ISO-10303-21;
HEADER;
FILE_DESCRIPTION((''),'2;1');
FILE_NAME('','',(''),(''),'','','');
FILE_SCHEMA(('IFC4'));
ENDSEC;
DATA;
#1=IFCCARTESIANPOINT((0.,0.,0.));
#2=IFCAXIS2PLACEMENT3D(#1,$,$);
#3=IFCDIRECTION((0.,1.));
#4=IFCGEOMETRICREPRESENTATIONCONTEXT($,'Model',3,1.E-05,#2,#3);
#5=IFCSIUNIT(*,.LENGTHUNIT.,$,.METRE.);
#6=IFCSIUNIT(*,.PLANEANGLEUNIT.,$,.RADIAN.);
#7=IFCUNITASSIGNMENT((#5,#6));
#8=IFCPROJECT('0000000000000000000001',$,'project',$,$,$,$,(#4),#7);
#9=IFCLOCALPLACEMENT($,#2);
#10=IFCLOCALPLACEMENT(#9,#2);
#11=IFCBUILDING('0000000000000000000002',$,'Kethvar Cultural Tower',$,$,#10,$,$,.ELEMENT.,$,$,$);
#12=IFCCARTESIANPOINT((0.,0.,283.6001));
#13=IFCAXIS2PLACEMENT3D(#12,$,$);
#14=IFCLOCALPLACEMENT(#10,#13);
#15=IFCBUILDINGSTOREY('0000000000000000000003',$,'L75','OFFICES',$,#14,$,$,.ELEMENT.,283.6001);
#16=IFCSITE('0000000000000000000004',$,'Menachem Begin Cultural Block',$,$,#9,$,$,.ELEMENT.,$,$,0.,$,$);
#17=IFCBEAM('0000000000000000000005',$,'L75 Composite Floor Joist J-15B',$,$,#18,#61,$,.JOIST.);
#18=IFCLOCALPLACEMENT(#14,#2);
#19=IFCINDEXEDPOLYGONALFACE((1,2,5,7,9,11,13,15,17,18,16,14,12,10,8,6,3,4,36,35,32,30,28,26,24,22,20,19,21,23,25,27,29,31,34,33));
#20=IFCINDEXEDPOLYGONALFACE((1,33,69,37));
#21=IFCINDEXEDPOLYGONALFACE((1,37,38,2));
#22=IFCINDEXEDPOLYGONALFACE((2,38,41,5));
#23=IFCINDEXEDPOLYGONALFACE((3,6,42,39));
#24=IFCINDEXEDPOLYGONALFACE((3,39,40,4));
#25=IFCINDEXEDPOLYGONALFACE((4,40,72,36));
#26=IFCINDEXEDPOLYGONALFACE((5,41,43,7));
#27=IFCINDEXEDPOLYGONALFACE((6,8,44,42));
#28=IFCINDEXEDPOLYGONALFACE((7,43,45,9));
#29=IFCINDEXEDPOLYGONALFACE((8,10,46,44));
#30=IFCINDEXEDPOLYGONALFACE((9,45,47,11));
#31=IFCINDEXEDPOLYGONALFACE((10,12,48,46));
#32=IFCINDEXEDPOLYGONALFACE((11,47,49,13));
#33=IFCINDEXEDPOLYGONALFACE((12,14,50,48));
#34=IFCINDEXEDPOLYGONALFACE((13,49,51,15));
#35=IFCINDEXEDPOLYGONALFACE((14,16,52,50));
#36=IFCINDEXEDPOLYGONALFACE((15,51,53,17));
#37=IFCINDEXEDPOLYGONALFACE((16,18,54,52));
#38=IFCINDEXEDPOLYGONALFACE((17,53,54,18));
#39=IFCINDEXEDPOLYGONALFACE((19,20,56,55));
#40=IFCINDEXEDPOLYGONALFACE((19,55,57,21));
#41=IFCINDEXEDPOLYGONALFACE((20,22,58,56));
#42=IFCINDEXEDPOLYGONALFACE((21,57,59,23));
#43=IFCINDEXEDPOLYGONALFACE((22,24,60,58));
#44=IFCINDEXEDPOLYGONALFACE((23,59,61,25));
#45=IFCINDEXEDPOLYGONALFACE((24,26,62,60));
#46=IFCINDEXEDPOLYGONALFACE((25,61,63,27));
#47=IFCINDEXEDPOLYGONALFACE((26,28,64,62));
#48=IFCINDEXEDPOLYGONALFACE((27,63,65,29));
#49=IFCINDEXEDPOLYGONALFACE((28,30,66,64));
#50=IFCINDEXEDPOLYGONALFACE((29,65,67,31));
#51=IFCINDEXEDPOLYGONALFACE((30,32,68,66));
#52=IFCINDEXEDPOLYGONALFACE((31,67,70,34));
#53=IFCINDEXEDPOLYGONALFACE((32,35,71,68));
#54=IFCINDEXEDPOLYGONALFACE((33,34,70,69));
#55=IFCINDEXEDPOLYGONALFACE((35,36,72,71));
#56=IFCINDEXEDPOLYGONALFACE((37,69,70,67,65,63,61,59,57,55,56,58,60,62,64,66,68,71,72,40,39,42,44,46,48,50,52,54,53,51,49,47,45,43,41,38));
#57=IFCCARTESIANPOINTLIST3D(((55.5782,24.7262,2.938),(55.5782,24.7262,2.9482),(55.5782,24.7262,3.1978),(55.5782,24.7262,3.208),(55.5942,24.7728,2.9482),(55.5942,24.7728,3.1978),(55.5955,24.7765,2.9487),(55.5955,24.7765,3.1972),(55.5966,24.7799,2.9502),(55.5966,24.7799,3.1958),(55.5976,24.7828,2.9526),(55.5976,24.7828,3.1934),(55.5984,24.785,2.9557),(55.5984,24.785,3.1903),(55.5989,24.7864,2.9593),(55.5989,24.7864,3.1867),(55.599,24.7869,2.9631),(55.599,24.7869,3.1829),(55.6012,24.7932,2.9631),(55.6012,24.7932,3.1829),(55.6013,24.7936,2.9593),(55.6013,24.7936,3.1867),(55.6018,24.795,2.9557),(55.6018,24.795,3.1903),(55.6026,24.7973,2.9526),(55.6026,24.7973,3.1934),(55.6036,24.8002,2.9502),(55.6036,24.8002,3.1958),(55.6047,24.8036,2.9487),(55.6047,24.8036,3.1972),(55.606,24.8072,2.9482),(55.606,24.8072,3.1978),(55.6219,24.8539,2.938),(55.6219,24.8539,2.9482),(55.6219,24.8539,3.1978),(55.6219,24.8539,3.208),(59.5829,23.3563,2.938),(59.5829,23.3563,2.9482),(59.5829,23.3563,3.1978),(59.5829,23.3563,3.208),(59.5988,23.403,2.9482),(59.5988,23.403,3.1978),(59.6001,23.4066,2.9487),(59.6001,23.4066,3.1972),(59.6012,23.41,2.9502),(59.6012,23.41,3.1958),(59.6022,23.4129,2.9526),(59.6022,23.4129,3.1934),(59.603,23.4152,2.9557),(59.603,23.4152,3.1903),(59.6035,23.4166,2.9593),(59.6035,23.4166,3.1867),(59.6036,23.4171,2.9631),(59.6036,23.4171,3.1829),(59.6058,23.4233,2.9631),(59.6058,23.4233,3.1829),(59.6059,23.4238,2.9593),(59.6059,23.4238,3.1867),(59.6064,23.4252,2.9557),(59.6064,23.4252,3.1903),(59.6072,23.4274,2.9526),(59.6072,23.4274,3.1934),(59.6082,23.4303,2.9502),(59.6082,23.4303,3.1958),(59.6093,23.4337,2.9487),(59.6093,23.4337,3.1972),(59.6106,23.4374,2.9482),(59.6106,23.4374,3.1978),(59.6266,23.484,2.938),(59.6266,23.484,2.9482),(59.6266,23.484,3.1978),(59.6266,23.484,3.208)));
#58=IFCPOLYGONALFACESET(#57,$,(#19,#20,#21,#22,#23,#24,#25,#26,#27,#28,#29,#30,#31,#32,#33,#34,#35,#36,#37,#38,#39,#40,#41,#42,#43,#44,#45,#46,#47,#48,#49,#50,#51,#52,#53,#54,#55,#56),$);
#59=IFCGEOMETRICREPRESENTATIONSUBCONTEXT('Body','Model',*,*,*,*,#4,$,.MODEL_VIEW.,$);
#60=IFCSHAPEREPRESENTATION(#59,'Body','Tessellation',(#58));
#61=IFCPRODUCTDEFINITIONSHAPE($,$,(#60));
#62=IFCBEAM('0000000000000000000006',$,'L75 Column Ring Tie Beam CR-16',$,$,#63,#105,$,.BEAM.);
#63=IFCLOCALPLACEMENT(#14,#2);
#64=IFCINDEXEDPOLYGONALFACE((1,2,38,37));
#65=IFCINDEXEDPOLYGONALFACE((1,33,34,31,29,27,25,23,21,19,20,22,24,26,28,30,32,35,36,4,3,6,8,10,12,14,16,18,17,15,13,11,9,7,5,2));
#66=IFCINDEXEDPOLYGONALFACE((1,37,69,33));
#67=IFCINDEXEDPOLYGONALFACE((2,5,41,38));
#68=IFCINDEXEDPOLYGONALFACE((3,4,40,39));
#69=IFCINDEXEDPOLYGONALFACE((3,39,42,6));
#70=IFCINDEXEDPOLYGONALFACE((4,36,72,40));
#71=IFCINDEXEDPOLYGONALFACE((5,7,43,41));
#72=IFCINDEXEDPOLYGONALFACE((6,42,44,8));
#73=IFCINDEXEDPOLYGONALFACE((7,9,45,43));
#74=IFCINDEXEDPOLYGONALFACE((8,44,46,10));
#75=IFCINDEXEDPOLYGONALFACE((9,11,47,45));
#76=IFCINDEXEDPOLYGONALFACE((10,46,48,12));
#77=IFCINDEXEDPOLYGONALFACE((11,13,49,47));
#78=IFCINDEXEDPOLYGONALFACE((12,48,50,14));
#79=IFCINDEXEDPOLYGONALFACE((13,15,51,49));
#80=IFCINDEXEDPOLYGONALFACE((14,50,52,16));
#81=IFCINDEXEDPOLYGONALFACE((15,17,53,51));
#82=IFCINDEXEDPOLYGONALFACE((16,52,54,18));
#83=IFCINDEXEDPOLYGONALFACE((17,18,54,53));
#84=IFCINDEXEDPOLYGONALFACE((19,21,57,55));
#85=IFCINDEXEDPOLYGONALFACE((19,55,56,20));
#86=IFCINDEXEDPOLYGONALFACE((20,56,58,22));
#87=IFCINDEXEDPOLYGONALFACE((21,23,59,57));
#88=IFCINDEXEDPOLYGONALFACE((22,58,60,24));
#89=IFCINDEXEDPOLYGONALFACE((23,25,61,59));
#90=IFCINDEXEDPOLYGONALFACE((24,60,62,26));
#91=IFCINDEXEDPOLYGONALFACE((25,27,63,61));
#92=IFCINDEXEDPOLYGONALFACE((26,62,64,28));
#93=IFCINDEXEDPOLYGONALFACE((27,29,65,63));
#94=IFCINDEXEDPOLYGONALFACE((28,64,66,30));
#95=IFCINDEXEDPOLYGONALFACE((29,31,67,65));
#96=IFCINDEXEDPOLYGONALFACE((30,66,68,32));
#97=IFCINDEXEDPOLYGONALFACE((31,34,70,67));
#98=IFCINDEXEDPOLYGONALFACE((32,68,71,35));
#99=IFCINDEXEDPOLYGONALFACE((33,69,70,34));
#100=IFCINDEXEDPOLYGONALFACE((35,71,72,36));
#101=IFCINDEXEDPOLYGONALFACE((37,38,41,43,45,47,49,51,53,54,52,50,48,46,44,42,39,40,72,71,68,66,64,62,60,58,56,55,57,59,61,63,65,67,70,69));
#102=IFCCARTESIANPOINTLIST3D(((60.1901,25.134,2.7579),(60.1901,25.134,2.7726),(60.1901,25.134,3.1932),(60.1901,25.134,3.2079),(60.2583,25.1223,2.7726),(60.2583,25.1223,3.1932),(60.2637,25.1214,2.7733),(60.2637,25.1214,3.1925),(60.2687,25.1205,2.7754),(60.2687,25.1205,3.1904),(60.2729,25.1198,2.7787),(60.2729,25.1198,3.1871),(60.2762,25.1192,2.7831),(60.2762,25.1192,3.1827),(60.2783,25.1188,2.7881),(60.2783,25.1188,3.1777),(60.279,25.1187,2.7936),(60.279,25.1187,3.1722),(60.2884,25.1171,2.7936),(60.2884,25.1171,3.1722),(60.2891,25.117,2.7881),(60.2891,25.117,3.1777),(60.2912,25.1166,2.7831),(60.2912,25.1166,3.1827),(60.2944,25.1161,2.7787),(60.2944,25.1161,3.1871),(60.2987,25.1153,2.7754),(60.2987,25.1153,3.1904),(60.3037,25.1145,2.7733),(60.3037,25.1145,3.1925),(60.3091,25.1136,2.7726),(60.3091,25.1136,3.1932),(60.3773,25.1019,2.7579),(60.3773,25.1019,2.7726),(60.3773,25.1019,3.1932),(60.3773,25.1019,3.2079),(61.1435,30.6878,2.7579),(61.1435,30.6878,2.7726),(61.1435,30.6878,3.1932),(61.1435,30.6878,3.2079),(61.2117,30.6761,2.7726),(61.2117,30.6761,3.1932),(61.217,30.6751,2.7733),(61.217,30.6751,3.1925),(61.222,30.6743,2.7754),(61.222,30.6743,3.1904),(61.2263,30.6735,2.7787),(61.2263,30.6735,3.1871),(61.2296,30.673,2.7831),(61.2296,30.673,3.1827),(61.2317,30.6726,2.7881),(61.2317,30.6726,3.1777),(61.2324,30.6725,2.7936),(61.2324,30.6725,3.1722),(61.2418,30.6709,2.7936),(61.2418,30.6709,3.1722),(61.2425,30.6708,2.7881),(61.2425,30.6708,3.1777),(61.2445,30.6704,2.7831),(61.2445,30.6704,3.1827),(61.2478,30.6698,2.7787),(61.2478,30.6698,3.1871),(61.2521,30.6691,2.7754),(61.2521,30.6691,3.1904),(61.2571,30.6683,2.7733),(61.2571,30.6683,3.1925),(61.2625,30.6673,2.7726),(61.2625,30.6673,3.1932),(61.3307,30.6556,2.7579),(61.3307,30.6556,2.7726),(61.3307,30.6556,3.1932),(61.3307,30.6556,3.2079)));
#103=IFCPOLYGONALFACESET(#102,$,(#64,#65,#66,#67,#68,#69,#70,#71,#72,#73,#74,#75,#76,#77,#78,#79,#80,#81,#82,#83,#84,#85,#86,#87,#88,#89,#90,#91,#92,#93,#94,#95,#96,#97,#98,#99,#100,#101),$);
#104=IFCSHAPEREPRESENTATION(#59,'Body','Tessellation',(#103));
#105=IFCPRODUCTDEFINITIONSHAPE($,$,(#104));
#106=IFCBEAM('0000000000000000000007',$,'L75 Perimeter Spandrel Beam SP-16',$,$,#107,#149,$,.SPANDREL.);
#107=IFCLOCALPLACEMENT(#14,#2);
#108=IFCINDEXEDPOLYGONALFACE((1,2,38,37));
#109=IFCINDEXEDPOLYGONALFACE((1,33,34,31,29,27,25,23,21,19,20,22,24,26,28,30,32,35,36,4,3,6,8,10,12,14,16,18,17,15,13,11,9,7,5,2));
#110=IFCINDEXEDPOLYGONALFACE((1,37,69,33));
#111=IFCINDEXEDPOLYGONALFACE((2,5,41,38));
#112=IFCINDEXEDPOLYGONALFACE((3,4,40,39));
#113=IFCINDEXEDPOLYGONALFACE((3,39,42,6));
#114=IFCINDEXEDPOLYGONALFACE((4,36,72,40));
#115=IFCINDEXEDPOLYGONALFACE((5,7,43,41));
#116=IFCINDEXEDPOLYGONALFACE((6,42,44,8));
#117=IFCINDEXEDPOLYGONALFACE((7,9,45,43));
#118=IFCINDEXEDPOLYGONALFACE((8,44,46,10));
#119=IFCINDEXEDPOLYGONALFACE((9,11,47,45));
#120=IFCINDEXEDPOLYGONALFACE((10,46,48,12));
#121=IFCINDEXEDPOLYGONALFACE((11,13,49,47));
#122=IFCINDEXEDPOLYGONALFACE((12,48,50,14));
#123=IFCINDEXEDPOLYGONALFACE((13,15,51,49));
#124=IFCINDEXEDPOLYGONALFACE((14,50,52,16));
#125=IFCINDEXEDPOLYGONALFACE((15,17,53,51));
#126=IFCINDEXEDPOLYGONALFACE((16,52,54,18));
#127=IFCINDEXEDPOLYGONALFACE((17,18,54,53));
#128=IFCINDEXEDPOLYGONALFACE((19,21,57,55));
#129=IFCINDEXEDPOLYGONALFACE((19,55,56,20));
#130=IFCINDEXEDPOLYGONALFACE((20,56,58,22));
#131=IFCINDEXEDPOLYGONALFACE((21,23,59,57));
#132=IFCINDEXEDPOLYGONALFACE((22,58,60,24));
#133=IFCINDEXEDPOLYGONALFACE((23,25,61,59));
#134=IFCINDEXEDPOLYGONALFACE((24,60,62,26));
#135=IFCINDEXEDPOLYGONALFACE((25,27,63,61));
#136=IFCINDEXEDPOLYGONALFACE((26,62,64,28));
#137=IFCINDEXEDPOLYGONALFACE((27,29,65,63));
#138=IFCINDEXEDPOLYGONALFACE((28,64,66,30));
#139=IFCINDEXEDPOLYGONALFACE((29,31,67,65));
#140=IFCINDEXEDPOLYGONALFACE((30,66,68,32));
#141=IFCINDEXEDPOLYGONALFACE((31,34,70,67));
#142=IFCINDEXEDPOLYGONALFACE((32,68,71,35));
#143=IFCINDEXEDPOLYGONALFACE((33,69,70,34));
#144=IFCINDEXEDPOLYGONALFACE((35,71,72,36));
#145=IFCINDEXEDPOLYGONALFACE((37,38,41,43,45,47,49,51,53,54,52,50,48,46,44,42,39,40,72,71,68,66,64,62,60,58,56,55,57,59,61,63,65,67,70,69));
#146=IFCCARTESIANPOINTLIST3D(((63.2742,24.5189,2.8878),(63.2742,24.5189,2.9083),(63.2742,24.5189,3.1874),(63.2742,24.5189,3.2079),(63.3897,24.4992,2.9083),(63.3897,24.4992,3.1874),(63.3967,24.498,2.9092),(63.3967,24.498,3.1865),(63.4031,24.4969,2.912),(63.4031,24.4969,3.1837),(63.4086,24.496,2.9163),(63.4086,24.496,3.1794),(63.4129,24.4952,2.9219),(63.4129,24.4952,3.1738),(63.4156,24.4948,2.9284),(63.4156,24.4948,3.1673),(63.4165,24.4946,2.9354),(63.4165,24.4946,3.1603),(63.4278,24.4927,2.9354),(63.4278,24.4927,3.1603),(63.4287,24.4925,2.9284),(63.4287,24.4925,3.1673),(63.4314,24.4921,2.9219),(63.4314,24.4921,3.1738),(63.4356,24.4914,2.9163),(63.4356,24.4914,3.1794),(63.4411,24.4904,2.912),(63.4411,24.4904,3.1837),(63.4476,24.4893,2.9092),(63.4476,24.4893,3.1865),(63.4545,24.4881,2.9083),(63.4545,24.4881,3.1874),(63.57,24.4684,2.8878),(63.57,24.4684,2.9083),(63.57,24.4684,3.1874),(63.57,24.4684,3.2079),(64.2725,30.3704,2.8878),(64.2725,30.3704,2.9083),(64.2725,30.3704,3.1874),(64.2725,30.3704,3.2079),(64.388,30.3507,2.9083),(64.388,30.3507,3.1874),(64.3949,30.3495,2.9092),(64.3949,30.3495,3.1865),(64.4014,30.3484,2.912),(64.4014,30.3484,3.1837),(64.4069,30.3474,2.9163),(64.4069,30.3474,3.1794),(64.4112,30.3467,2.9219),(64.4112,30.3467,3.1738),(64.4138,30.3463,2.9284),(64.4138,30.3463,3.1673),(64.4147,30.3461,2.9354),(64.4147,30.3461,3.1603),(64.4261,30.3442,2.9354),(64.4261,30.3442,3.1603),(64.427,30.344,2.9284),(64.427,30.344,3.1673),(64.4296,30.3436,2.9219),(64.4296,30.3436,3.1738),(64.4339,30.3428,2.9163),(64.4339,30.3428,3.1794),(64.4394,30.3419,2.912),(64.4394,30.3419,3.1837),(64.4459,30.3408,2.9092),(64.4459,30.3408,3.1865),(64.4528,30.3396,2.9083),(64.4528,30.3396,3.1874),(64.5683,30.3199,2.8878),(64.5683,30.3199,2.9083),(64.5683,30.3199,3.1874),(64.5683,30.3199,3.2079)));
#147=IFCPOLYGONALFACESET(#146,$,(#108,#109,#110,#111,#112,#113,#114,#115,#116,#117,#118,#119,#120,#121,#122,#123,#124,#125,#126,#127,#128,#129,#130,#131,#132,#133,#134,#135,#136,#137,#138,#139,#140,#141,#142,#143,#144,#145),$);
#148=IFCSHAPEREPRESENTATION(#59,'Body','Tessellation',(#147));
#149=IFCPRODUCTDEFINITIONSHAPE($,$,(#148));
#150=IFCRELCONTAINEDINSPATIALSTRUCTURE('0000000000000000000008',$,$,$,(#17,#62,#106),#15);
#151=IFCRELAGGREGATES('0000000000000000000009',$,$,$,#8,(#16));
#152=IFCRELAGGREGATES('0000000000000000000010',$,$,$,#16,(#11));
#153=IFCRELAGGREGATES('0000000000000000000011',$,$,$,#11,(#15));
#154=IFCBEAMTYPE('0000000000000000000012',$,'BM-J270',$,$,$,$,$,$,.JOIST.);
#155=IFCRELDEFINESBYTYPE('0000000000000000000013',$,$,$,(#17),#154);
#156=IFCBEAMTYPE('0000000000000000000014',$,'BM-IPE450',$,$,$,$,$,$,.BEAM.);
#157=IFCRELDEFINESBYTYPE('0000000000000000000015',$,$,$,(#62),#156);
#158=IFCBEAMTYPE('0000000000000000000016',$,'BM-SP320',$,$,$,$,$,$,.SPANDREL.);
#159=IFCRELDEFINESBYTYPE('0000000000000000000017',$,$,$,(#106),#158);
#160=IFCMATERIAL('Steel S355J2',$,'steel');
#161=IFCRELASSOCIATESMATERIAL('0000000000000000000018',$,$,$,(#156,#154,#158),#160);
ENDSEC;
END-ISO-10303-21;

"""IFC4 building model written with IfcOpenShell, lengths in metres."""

from ifc_helpers import new_model, si_unit, direction, frame, origin, origin_2d, place, context, subcontext, project, spatial, i_section, extrude, source, transform, mapped, material, material_profile, profile_set, type_object, element, save


model = new_model("IFC4")

# Units and contexts
model_context = context("Model", 3, precision=1e-05, world=origin(), true_north=direction((0.0, 1.0)))
body_context = subcontext(model_context, "Body", "Model", "MODEL_VIEW")
ifc_project = project(units=[si_unit("LENGTHUNIT", "METRE"), si_unit("PLANEANGLEUNIT", "RADIAN")], contexts=[model_context])

# Site, building, storey
site_placement = place(None, origin())
site = spatial("IfcSite", under=ifc_project, at=site_placement, Name="Menachem Begin Cultural Block", CompositionType="ELEMENT", RefElevation=0.0)
building_placement = place(site_placement, origin())
building = spatial("IfcBuilding", under=site, at=building_placement, Name="Kethvar Cultural Tower", CompositionType="ELEMENT")
storey_placement = place(building_placement, frame((0.0, 0.0, 283.6001)))
storey = spatial("IfcBuildingStorey", under=building, at=storey_placement, Name="L75", Description="OFFICES", CompositionType="ELEMENT", Elevation=283.6001)

# Shared definitions
ifc_material_1 = material(Name="Steel S355J2", Category="steel")

# Beams
ifc_material_profile_1 = material_profile(ifc_material_1, i_section(OverallWidth=0.1899, OverallDepth=0.45, WebThickness=0.0095, FlangeThickness=0.0146, FilletRadius=0.021, at=origin_2d()), Name="Steel S355J2 — IPE450")
ifc_profile_set_1 = profile_set([ifc_material_profile_1], Name="Steel S355J2 — IPE450")
beam_type_1 = type_object("IfcBeamType", Name="BM-IPE450", PredefinedType="BEAM", material=ifc_profile_set_1)
ifc_material_profile_2 = material_profile(ifc_material_1, i_section(OverallWidth=0.135, OverallDepth=0.27, WebThickness=0.0066, FlangeThickness=0.0103, FilletRadius=0.0149, at=origin_2d()), Name="Steel S355J2 — IPE270")
ifc_profile_set_2 = profile_set([ifc_material_profile_2], Name="Steel S355J2 — IPE270")
beam_type_2 = type_object("IfcBeamType", Name="BM-J270", PredefinedType="JOIST", material=ifc_profile_set_2)
shared_shape_1 = source(origin(), body_context, "Body", "SweptSolid", [
    extrude(i_section(OverallWidth=0.135, OverallDepth=0.27, WebThickness=0.0066, FlangeThickness=0.0103, FilletRadius=0.0149, at=origin_2d()), origin(), (0.0, 0.0, 1.0), 4.2324),
])
beam_1_placement = place(storey_placement, frame((55.6001, 24.79, 3.073), z_axis=(0.946174, -0.323659, 0.0), x_axis=(0.323659, 0.946174, 0.0)))
element("IfcBeam", 1, at=beam_1_placement, inside=storey, type_object=beam_type_2, Name="L75 Composite Floor Joist J-15B", PredefinedType="JOIST", context=body_context, shape_type="MappedRepresentation", body=[
    mapped(shared_shape_1, transform((0.0, 0.0, 0.0), scale=1.0)),
])
shared_shape_2 = source(origin(), body_context, "Body", "SweptSolid", [
    extrude(i_section(OverallWidth=0.1899, OverallDepth=0.45, WebThickness=0.0095, FlangeThickness=0.0146, FilletRadius=0.021, at=origin_2d()), origin(), (0.0, 0.0, 1.0), 5.635),
])
beam_2_placement = place(storey_placement, frame((60.2837, 25.1179, 2.9829), z_axis=(0.169189, 0.985584, 0.0), x_axis=(-0.985584, 0.169189, 0.0)))
element("IfcBeam", 2, at=beam_2_placement, inside=storey, type_object=beam_type_1, Name="L75 Column Ring Tie Beam CR-16", PredefinedType="BEAM", context=body_context, shape_type="MappedRepresentation", body=[
    mapped(shared_shape_2, transform((0.0, 0.0, 0.0), scale=1.0)),
])
ifc_material_profile_3 = material_profile(ifc_material_1, i_section(OverallWidth=0.3, OverallDepth=0.3201, WebThickness=0.0115, FlangeThickness=0.0205, FilletRadius=0.0271, at=origin_2d()), Name="Steel S355J2 — HEB320")
ifc_profile_set_3 = profile_set([ifc_material_profile_3], Name="Steel S355J2 — HEB320")
beam_type_3 = type_object("IfcBeamType", Name="BM-SP320", PredefinedType="SPANDREL", material=ifc_profile_set_3)
shared_shape_3 = source(origin(), body_context, "Body", "SweptSolid", [
    extrude(i_section(OverallWidth=0.3, OverallDepth=0.3201, WebThickness=0.0115, FlangeThickness=0.0205, FilletRadius=0.0271, at=origin_2d()), origin(), (0.0, 0.0, 1.0), 5.936),
])
beam_3_placement = place(storey_placement, frame((63.4221, 24.4937, 3.0479), z_axis=(0.168173, 0.985758, 0.0), x_axis=(-0.985758, 0.168173, 0.0)))
element("IfcBeam", 3, at=beam_3_placement, inside=storey, type_object=beam_type_3, Name="L75 Perimeter Spandrel Beam SP-16", PredefinedType="SPANDREL", context=body_context, shape_type="MappedRepresentation", body=[
    mapped(shared_shape_3, transform((0.0, 0.0, 0.0), scale=1.0)),
])

save(model, "model.ifc")
